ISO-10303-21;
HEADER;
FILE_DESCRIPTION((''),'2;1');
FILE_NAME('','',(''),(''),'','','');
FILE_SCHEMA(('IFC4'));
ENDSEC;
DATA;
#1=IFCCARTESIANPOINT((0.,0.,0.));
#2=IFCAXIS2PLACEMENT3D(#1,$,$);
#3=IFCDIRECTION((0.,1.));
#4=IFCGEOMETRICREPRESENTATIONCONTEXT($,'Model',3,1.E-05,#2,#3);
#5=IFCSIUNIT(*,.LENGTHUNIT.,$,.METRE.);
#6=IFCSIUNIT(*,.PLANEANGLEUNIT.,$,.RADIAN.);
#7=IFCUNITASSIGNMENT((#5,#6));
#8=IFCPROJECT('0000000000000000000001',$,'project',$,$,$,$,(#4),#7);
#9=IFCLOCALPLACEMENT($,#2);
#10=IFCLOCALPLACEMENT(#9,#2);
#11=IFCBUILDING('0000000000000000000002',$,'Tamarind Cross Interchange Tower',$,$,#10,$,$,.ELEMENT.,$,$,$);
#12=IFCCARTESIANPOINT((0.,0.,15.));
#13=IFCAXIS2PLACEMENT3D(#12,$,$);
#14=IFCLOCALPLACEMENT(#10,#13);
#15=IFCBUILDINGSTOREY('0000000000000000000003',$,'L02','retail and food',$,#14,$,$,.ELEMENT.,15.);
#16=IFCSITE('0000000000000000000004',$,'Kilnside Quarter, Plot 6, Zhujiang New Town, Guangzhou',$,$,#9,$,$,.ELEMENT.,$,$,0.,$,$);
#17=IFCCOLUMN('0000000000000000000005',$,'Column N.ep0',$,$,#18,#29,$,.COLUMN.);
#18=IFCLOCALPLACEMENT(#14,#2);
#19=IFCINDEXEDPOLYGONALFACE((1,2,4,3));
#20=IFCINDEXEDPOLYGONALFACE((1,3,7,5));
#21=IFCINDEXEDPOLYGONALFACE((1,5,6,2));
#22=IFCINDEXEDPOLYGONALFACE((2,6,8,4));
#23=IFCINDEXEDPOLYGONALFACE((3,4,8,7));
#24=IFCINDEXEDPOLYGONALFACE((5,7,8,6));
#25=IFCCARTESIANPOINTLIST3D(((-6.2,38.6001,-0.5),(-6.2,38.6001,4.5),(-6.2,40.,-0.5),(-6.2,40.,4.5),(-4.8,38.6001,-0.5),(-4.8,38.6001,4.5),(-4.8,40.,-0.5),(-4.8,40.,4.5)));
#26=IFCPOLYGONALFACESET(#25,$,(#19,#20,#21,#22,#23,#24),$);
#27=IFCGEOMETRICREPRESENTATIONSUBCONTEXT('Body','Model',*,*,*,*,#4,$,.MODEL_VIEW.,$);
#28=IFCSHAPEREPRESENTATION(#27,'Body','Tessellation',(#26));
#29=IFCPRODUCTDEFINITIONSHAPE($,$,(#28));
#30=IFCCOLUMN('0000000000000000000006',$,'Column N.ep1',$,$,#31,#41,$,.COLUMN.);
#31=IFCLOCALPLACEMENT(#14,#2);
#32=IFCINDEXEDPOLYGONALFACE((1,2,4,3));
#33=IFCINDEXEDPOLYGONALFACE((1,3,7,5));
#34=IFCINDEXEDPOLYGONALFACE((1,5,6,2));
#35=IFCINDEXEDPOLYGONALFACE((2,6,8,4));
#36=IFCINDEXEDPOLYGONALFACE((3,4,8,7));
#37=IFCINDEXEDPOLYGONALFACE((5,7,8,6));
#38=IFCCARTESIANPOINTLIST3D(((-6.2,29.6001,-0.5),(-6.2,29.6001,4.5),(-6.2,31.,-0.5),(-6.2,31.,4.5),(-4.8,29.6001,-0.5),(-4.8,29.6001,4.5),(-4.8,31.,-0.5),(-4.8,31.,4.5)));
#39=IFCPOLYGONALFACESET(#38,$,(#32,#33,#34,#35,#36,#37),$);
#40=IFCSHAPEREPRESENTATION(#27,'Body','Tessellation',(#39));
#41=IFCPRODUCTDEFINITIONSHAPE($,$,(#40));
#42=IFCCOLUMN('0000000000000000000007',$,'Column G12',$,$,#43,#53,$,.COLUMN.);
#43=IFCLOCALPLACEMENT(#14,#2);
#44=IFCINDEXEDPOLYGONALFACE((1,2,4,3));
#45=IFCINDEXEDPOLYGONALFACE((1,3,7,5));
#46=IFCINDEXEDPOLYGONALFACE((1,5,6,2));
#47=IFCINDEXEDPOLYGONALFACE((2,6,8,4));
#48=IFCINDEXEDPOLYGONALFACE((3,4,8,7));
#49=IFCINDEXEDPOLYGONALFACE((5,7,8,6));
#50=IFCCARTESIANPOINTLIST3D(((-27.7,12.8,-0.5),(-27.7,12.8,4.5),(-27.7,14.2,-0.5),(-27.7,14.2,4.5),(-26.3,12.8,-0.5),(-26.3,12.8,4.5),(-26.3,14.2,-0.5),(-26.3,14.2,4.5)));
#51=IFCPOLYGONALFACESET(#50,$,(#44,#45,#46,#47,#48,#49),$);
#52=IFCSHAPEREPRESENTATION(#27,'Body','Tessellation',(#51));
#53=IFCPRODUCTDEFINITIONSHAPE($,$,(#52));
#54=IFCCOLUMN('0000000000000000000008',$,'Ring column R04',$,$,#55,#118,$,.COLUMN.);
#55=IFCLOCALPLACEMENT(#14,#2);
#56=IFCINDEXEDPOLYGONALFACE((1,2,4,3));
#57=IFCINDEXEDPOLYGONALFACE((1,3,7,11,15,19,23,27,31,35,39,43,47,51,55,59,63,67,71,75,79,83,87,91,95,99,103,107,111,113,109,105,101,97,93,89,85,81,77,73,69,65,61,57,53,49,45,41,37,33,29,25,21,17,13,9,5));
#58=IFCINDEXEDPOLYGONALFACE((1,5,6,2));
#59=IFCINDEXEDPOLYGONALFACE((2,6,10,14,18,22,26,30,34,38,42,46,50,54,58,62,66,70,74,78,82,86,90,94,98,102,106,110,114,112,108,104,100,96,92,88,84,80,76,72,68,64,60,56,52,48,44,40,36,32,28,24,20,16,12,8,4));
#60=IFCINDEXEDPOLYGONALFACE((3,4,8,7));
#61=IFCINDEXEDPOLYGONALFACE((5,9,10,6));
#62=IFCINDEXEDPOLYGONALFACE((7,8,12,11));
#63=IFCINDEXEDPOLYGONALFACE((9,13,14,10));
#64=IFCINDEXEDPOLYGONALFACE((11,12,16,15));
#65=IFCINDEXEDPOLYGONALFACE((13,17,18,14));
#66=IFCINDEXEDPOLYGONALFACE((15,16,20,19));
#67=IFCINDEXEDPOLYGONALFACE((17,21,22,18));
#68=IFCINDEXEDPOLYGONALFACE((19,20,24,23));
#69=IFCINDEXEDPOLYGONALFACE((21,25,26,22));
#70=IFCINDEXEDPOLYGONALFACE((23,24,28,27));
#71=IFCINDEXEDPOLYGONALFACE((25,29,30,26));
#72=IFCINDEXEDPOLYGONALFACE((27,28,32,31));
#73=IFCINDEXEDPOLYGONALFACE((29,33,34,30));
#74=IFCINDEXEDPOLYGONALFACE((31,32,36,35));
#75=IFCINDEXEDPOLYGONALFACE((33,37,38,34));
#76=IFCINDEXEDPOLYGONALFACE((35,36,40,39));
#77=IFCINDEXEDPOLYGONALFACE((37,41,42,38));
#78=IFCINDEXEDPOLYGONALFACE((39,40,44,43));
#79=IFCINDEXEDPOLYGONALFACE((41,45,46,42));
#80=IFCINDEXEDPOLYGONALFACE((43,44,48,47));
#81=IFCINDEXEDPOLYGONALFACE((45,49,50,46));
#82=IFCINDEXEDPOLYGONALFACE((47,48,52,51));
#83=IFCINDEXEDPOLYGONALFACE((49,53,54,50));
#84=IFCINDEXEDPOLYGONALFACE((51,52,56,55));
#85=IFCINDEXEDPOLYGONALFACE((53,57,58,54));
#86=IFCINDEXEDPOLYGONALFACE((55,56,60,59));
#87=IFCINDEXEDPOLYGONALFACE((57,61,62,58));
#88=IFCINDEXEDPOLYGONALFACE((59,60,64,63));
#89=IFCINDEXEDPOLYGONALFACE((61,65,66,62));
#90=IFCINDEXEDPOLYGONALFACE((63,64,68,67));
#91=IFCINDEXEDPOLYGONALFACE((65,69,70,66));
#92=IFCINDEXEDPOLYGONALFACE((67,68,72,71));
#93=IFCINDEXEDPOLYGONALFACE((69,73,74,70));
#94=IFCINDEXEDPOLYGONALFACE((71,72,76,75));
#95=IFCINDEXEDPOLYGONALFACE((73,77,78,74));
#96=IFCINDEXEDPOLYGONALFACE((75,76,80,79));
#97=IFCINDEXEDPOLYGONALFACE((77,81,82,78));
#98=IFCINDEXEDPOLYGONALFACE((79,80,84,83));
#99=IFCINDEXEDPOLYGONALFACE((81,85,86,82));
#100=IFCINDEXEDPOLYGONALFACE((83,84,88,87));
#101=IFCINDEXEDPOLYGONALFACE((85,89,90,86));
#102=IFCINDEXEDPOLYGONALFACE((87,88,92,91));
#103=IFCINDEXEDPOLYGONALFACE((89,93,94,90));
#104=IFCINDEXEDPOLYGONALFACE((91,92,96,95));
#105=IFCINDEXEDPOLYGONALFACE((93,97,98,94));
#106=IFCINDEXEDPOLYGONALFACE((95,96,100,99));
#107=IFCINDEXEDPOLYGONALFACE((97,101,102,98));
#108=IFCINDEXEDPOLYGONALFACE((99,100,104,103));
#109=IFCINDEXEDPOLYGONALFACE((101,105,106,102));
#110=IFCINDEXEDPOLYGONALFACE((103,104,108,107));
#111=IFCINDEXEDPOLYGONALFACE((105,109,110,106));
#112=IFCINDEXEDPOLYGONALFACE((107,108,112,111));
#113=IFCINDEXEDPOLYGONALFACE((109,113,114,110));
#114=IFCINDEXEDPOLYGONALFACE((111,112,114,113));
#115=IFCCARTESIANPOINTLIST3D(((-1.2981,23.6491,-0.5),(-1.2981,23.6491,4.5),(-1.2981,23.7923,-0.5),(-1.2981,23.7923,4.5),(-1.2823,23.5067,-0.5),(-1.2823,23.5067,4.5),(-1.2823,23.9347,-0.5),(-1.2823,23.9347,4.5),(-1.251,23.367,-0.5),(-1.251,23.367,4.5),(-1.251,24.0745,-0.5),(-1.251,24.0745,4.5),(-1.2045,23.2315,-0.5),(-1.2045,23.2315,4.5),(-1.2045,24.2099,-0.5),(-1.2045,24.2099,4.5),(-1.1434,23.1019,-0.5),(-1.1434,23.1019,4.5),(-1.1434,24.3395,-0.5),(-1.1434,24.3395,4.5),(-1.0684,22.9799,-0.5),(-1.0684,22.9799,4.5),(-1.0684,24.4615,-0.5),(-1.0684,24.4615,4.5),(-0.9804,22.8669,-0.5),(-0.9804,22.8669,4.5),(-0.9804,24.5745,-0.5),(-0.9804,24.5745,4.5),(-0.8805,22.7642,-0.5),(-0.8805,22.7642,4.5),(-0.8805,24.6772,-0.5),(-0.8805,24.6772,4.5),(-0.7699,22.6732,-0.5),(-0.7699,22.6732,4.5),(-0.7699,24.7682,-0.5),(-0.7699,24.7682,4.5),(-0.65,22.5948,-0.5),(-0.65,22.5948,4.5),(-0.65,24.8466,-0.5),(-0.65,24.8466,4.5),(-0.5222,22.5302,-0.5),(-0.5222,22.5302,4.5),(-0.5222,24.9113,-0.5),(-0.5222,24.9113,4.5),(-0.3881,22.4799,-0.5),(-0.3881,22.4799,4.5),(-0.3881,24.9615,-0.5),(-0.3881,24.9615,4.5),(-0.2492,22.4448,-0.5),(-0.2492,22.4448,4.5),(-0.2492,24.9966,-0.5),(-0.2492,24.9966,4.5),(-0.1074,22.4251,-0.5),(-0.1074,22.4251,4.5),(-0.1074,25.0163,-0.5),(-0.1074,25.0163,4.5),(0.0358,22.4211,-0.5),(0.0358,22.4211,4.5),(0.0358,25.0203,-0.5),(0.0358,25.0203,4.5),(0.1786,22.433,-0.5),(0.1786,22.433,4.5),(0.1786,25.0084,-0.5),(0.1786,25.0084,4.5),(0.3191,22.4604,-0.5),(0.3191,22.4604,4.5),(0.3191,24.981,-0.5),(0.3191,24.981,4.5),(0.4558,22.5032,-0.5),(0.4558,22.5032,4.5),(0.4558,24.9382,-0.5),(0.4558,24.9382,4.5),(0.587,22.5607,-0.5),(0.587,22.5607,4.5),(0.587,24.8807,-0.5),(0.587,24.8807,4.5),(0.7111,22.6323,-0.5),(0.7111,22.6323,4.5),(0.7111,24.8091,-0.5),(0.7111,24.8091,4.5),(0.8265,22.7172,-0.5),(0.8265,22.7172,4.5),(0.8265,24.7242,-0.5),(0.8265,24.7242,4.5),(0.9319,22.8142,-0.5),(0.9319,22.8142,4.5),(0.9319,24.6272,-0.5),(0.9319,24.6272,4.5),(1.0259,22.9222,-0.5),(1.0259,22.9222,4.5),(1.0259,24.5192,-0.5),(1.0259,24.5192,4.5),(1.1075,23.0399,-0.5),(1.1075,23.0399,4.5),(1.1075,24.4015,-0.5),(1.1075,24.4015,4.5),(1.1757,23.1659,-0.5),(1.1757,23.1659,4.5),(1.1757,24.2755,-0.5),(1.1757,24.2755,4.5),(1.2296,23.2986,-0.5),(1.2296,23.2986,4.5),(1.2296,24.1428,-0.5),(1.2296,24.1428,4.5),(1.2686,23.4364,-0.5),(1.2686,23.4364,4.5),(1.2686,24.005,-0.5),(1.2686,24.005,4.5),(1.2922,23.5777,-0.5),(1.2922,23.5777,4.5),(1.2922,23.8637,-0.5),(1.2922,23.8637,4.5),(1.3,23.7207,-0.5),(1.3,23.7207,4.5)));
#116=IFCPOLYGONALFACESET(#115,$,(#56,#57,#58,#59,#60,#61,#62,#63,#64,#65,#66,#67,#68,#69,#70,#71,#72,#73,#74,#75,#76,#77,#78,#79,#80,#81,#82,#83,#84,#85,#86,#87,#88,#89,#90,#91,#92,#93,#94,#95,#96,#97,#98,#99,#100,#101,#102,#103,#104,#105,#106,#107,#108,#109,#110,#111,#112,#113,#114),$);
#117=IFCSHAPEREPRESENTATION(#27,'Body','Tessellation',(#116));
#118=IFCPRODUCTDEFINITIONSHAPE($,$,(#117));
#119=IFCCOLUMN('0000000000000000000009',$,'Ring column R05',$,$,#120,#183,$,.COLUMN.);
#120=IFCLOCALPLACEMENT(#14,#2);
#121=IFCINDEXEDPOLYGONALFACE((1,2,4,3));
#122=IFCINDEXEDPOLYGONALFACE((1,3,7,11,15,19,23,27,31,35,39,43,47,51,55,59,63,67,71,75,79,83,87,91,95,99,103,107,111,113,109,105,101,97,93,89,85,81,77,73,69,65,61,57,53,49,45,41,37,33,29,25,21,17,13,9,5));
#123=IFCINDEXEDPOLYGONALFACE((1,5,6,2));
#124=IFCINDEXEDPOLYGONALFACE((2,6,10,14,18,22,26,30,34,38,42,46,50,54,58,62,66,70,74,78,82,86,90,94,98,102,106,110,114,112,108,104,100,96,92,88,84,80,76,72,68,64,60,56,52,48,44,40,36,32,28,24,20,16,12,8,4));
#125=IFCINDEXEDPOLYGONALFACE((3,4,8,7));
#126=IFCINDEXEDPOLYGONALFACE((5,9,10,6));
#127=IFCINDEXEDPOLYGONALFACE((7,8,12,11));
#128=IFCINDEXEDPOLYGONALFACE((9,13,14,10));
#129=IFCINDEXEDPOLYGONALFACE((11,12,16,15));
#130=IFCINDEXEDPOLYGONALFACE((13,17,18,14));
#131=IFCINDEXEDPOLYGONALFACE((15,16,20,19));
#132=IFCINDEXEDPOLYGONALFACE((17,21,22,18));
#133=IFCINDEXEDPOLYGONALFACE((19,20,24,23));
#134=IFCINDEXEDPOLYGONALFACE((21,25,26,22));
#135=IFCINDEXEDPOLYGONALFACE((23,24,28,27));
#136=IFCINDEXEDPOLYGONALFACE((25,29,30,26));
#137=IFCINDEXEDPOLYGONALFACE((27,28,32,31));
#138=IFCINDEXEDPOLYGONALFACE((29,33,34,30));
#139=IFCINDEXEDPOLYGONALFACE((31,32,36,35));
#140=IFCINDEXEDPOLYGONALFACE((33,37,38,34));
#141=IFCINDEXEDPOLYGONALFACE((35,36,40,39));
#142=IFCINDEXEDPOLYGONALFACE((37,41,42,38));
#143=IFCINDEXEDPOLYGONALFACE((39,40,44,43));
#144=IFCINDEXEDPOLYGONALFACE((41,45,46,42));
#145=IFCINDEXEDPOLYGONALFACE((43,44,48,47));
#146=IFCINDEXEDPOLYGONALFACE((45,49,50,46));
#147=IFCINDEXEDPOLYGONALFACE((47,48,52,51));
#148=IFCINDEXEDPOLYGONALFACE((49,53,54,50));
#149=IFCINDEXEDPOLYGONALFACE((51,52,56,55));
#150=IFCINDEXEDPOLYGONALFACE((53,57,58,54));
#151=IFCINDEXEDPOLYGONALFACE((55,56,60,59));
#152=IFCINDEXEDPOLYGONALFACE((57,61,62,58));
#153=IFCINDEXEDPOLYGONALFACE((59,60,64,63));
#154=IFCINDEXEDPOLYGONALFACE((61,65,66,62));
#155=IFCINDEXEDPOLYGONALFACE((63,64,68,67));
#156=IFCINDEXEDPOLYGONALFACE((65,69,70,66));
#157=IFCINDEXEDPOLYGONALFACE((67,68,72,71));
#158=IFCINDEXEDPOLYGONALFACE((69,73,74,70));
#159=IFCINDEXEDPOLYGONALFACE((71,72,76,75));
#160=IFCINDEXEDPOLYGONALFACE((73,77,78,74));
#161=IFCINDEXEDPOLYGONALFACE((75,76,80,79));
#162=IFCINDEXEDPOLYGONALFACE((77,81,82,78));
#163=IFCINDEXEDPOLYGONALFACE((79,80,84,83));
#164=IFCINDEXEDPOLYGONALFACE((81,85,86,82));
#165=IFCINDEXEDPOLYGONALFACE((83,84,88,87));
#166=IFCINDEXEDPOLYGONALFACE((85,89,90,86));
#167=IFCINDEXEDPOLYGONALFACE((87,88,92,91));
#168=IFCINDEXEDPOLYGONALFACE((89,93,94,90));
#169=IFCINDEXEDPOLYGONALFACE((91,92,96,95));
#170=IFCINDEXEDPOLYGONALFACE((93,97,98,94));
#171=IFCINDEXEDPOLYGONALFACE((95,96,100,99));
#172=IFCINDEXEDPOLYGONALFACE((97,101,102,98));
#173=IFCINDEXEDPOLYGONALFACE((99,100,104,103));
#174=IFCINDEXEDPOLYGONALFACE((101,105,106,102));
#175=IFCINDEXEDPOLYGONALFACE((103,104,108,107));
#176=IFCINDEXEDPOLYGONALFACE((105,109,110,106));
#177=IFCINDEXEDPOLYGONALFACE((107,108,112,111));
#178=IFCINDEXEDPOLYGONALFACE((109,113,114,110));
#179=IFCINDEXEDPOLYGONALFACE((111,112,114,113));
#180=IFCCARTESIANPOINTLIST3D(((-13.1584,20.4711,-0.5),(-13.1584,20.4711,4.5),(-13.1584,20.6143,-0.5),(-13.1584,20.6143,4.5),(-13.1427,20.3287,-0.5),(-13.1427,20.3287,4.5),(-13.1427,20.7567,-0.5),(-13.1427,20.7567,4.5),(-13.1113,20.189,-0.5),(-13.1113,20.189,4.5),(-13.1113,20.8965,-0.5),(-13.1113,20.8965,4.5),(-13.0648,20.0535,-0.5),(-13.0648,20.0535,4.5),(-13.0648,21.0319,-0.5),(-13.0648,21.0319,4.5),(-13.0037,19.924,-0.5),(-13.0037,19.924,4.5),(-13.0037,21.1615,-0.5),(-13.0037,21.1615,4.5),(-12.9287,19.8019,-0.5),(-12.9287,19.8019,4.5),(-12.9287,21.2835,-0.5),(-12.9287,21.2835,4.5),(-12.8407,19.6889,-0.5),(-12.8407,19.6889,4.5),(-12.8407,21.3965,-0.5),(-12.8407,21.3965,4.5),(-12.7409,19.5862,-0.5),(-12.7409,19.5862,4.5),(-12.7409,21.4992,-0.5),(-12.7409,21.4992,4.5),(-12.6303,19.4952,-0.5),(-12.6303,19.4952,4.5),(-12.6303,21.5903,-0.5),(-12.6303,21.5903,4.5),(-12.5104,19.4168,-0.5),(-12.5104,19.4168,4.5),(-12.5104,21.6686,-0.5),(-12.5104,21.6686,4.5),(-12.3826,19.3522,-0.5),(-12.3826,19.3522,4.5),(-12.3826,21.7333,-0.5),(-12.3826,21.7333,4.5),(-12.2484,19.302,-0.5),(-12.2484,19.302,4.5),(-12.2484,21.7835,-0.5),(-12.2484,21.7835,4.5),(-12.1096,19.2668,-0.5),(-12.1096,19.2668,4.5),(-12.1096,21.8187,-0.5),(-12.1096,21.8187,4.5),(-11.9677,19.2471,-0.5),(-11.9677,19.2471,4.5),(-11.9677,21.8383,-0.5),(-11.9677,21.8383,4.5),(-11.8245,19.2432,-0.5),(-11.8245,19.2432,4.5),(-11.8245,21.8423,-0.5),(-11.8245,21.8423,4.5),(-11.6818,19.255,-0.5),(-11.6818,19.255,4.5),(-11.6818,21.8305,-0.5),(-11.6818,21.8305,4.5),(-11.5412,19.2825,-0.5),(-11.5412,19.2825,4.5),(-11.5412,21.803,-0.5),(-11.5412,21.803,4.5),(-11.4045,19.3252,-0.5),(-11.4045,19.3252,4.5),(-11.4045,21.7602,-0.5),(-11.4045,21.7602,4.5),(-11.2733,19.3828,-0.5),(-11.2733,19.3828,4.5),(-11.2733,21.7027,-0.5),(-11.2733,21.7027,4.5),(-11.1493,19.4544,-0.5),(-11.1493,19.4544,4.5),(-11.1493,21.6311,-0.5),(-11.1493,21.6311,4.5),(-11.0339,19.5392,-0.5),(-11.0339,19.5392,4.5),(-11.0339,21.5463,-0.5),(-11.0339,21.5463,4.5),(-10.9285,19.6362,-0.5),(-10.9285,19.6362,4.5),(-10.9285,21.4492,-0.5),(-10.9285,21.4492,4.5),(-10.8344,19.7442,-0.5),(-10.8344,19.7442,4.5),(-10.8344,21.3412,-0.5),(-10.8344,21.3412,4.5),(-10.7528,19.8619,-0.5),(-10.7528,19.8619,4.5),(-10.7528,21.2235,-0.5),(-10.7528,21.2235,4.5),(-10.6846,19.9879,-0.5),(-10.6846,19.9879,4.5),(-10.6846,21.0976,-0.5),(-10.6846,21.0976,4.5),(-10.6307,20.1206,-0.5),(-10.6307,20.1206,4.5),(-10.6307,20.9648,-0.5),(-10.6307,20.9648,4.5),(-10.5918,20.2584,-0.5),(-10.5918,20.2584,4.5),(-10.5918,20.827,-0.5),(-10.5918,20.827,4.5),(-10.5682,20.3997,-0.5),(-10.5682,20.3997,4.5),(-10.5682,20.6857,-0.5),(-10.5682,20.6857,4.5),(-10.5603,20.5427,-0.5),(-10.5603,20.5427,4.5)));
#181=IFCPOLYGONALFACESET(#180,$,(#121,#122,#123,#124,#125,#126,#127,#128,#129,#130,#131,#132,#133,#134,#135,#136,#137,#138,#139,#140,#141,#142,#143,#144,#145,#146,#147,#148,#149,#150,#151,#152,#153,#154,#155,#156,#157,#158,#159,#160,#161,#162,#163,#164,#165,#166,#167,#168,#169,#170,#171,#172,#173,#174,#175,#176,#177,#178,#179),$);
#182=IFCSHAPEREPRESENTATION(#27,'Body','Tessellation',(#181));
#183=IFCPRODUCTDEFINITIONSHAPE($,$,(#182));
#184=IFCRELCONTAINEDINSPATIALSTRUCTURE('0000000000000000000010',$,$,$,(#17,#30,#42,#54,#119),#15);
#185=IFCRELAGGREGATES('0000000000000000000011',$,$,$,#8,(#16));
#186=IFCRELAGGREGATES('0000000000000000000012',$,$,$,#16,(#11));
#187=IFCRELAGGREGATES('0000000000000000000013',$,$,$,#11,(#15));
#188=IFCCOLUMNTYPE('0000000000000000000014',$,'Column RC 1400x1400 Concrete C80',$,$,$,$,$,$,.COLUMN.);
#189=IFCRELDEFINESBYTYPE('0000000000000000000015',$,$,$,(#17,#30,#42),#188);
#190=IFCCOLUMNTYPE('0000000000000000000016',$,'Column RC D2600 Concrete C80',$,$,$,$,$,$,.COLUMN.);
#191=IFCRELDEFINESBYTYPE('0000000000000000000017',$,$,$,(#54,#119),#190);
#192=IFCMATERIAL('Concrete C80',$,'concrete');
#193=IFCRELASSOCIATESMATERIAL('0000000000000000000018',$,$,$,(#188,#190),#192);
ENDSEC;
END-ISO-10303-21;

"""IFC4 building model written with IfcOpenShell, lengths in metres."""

from ifc_helpers import new_model, si_unit, direction, frame, origin, origin_2d, place, context, subcontext, project, spatial, rectangle, circle, extrude, material, material_profile, profile_set, type_object, element, save


model = new_model("IFC4")

# Units and contexts
model_context = context("Model", 3, precision=1e-05, world=origin(), true_north=direction((0.0, 1.0)))
body_context = subcontext(model_context, "Body", "Model", "MODEL_VIEW")
ifc_project = project(units=[si_unit("LENGTHUNIT", "METRE"), si_unit("PLANEANGLEUNIT", "RADIAN")], contexts=[model_context])

# Site, building, storey
site_placement = place(None, origin())
site = spatial("IfcSite", under=ifc_project, at=site_placement, Name="Kilnside Quarter, Plot 6, Zhujiang New Town, Guangzhou", CompositionType="ELEMENT", RefElevation=0.0)
building_placement = place(site_placement, origin())
building = spatial("IfcBuilding", under=site, at=building_placement, Name="Tamarind Cross Interchange Tower", CompositionType="ELEMENT")
storey_placement = place(building_placement, frame((0.0, 0.0, 15.0)))
storey = spatial("IfcBuildingStorey", under=building, at=storey_placement, Name="L02", Description="retail and food", CompositionType="ELEMENT", Elevation=15.0)

# Columns
ifc_material_1 = material(Name="Concrete C80", Category="concrete")
ifc_material_profile_1 = material_profile(ifc_material_1, rectangle(XDim=1.3999, YDim=1.3999, at=origin_2d()), Name="RC 1400x1400")
ifc_profile_set_1 = profile_set([ifc_material_profile_1], Name="Concrete C80")
column_type_1 = type_object("IfcColumnType", Name="Column RC 1400x1400 Concrete C80", PredefinedType="COLUMN", material=ifc_profile_set_1)
for number, where, z_axis, x_axis, name in (
    (1, (-5.5, 39.3, -0.5), (0.0, 0.0, 1.0), (1.0, 0.0, 0.0), "Column N.ep0"),
    (2, (-5.5, 30.3, -0.5), (0.0, 0.0, 1.0), (1.0, 0.0, 0.0), "Column N.ep1"),
    (3, (-27.0, 13.5, -0.5), (0.0, 0.0, 1.0), (1.0, 0.0, 0.0), "Column G12"),
):
    element("IfcColumn", number, at=place(storey_placement, frame(where, z_axis=z_axis, x_axis=x_axis)), inside=storey, type_object=column_type_1, Name=name, PredefinedType="COLUMN", context=body_context, shape_type="SweptSolid", body=[
        extrude(rectangle(XDim=1.3999, YDim=1.3999, at=origin_2d()), origin(), (0.0, 0.0, 1.0), 5.0),
    ])
ifc_material_profile_2 = material_profile(ifc_material_1, circle(Radius=1.3, at=origin_2d()), Name="RC D2600")
ifc_profile_set_2 = profile_set([ifc_material_profile_2], Name="Concrete C80")
column_type_2 = type_object("IfcColumnType", Name="Column RC D2600 Concrete C80", PredefinedType="COLUMN", material=ifc_profile_set_2)
for number, where, z_axis, x_axis, name in (
    (4, (0.0, 23.7207, -0.5), (0.0, 0.0, 1.0), (1.0, 0.0, 0.0), "Ring column R04"),
    (5, (-11.8604, 20.5427, -0.5), (0.0, 0.0, 1.0), (1.0, 0.0, 0.0), "Ring column R05"),
):
    element("IfcColumn", number, at=place(storey_placement, frame(where, z_axis=z_axis, x_axis=x_axis)), inside=storey, type_object=column_type_2, Name=name, PredefinedType="COLUMN", context=body_context, shape_type="SweptSolid", body=[
        extrude(circle(Radius=1.3, at=origin_2d()), origin(), (0.0, 0.0, 1.0), 5.0),
    ])

save(model, "model.ifc")
